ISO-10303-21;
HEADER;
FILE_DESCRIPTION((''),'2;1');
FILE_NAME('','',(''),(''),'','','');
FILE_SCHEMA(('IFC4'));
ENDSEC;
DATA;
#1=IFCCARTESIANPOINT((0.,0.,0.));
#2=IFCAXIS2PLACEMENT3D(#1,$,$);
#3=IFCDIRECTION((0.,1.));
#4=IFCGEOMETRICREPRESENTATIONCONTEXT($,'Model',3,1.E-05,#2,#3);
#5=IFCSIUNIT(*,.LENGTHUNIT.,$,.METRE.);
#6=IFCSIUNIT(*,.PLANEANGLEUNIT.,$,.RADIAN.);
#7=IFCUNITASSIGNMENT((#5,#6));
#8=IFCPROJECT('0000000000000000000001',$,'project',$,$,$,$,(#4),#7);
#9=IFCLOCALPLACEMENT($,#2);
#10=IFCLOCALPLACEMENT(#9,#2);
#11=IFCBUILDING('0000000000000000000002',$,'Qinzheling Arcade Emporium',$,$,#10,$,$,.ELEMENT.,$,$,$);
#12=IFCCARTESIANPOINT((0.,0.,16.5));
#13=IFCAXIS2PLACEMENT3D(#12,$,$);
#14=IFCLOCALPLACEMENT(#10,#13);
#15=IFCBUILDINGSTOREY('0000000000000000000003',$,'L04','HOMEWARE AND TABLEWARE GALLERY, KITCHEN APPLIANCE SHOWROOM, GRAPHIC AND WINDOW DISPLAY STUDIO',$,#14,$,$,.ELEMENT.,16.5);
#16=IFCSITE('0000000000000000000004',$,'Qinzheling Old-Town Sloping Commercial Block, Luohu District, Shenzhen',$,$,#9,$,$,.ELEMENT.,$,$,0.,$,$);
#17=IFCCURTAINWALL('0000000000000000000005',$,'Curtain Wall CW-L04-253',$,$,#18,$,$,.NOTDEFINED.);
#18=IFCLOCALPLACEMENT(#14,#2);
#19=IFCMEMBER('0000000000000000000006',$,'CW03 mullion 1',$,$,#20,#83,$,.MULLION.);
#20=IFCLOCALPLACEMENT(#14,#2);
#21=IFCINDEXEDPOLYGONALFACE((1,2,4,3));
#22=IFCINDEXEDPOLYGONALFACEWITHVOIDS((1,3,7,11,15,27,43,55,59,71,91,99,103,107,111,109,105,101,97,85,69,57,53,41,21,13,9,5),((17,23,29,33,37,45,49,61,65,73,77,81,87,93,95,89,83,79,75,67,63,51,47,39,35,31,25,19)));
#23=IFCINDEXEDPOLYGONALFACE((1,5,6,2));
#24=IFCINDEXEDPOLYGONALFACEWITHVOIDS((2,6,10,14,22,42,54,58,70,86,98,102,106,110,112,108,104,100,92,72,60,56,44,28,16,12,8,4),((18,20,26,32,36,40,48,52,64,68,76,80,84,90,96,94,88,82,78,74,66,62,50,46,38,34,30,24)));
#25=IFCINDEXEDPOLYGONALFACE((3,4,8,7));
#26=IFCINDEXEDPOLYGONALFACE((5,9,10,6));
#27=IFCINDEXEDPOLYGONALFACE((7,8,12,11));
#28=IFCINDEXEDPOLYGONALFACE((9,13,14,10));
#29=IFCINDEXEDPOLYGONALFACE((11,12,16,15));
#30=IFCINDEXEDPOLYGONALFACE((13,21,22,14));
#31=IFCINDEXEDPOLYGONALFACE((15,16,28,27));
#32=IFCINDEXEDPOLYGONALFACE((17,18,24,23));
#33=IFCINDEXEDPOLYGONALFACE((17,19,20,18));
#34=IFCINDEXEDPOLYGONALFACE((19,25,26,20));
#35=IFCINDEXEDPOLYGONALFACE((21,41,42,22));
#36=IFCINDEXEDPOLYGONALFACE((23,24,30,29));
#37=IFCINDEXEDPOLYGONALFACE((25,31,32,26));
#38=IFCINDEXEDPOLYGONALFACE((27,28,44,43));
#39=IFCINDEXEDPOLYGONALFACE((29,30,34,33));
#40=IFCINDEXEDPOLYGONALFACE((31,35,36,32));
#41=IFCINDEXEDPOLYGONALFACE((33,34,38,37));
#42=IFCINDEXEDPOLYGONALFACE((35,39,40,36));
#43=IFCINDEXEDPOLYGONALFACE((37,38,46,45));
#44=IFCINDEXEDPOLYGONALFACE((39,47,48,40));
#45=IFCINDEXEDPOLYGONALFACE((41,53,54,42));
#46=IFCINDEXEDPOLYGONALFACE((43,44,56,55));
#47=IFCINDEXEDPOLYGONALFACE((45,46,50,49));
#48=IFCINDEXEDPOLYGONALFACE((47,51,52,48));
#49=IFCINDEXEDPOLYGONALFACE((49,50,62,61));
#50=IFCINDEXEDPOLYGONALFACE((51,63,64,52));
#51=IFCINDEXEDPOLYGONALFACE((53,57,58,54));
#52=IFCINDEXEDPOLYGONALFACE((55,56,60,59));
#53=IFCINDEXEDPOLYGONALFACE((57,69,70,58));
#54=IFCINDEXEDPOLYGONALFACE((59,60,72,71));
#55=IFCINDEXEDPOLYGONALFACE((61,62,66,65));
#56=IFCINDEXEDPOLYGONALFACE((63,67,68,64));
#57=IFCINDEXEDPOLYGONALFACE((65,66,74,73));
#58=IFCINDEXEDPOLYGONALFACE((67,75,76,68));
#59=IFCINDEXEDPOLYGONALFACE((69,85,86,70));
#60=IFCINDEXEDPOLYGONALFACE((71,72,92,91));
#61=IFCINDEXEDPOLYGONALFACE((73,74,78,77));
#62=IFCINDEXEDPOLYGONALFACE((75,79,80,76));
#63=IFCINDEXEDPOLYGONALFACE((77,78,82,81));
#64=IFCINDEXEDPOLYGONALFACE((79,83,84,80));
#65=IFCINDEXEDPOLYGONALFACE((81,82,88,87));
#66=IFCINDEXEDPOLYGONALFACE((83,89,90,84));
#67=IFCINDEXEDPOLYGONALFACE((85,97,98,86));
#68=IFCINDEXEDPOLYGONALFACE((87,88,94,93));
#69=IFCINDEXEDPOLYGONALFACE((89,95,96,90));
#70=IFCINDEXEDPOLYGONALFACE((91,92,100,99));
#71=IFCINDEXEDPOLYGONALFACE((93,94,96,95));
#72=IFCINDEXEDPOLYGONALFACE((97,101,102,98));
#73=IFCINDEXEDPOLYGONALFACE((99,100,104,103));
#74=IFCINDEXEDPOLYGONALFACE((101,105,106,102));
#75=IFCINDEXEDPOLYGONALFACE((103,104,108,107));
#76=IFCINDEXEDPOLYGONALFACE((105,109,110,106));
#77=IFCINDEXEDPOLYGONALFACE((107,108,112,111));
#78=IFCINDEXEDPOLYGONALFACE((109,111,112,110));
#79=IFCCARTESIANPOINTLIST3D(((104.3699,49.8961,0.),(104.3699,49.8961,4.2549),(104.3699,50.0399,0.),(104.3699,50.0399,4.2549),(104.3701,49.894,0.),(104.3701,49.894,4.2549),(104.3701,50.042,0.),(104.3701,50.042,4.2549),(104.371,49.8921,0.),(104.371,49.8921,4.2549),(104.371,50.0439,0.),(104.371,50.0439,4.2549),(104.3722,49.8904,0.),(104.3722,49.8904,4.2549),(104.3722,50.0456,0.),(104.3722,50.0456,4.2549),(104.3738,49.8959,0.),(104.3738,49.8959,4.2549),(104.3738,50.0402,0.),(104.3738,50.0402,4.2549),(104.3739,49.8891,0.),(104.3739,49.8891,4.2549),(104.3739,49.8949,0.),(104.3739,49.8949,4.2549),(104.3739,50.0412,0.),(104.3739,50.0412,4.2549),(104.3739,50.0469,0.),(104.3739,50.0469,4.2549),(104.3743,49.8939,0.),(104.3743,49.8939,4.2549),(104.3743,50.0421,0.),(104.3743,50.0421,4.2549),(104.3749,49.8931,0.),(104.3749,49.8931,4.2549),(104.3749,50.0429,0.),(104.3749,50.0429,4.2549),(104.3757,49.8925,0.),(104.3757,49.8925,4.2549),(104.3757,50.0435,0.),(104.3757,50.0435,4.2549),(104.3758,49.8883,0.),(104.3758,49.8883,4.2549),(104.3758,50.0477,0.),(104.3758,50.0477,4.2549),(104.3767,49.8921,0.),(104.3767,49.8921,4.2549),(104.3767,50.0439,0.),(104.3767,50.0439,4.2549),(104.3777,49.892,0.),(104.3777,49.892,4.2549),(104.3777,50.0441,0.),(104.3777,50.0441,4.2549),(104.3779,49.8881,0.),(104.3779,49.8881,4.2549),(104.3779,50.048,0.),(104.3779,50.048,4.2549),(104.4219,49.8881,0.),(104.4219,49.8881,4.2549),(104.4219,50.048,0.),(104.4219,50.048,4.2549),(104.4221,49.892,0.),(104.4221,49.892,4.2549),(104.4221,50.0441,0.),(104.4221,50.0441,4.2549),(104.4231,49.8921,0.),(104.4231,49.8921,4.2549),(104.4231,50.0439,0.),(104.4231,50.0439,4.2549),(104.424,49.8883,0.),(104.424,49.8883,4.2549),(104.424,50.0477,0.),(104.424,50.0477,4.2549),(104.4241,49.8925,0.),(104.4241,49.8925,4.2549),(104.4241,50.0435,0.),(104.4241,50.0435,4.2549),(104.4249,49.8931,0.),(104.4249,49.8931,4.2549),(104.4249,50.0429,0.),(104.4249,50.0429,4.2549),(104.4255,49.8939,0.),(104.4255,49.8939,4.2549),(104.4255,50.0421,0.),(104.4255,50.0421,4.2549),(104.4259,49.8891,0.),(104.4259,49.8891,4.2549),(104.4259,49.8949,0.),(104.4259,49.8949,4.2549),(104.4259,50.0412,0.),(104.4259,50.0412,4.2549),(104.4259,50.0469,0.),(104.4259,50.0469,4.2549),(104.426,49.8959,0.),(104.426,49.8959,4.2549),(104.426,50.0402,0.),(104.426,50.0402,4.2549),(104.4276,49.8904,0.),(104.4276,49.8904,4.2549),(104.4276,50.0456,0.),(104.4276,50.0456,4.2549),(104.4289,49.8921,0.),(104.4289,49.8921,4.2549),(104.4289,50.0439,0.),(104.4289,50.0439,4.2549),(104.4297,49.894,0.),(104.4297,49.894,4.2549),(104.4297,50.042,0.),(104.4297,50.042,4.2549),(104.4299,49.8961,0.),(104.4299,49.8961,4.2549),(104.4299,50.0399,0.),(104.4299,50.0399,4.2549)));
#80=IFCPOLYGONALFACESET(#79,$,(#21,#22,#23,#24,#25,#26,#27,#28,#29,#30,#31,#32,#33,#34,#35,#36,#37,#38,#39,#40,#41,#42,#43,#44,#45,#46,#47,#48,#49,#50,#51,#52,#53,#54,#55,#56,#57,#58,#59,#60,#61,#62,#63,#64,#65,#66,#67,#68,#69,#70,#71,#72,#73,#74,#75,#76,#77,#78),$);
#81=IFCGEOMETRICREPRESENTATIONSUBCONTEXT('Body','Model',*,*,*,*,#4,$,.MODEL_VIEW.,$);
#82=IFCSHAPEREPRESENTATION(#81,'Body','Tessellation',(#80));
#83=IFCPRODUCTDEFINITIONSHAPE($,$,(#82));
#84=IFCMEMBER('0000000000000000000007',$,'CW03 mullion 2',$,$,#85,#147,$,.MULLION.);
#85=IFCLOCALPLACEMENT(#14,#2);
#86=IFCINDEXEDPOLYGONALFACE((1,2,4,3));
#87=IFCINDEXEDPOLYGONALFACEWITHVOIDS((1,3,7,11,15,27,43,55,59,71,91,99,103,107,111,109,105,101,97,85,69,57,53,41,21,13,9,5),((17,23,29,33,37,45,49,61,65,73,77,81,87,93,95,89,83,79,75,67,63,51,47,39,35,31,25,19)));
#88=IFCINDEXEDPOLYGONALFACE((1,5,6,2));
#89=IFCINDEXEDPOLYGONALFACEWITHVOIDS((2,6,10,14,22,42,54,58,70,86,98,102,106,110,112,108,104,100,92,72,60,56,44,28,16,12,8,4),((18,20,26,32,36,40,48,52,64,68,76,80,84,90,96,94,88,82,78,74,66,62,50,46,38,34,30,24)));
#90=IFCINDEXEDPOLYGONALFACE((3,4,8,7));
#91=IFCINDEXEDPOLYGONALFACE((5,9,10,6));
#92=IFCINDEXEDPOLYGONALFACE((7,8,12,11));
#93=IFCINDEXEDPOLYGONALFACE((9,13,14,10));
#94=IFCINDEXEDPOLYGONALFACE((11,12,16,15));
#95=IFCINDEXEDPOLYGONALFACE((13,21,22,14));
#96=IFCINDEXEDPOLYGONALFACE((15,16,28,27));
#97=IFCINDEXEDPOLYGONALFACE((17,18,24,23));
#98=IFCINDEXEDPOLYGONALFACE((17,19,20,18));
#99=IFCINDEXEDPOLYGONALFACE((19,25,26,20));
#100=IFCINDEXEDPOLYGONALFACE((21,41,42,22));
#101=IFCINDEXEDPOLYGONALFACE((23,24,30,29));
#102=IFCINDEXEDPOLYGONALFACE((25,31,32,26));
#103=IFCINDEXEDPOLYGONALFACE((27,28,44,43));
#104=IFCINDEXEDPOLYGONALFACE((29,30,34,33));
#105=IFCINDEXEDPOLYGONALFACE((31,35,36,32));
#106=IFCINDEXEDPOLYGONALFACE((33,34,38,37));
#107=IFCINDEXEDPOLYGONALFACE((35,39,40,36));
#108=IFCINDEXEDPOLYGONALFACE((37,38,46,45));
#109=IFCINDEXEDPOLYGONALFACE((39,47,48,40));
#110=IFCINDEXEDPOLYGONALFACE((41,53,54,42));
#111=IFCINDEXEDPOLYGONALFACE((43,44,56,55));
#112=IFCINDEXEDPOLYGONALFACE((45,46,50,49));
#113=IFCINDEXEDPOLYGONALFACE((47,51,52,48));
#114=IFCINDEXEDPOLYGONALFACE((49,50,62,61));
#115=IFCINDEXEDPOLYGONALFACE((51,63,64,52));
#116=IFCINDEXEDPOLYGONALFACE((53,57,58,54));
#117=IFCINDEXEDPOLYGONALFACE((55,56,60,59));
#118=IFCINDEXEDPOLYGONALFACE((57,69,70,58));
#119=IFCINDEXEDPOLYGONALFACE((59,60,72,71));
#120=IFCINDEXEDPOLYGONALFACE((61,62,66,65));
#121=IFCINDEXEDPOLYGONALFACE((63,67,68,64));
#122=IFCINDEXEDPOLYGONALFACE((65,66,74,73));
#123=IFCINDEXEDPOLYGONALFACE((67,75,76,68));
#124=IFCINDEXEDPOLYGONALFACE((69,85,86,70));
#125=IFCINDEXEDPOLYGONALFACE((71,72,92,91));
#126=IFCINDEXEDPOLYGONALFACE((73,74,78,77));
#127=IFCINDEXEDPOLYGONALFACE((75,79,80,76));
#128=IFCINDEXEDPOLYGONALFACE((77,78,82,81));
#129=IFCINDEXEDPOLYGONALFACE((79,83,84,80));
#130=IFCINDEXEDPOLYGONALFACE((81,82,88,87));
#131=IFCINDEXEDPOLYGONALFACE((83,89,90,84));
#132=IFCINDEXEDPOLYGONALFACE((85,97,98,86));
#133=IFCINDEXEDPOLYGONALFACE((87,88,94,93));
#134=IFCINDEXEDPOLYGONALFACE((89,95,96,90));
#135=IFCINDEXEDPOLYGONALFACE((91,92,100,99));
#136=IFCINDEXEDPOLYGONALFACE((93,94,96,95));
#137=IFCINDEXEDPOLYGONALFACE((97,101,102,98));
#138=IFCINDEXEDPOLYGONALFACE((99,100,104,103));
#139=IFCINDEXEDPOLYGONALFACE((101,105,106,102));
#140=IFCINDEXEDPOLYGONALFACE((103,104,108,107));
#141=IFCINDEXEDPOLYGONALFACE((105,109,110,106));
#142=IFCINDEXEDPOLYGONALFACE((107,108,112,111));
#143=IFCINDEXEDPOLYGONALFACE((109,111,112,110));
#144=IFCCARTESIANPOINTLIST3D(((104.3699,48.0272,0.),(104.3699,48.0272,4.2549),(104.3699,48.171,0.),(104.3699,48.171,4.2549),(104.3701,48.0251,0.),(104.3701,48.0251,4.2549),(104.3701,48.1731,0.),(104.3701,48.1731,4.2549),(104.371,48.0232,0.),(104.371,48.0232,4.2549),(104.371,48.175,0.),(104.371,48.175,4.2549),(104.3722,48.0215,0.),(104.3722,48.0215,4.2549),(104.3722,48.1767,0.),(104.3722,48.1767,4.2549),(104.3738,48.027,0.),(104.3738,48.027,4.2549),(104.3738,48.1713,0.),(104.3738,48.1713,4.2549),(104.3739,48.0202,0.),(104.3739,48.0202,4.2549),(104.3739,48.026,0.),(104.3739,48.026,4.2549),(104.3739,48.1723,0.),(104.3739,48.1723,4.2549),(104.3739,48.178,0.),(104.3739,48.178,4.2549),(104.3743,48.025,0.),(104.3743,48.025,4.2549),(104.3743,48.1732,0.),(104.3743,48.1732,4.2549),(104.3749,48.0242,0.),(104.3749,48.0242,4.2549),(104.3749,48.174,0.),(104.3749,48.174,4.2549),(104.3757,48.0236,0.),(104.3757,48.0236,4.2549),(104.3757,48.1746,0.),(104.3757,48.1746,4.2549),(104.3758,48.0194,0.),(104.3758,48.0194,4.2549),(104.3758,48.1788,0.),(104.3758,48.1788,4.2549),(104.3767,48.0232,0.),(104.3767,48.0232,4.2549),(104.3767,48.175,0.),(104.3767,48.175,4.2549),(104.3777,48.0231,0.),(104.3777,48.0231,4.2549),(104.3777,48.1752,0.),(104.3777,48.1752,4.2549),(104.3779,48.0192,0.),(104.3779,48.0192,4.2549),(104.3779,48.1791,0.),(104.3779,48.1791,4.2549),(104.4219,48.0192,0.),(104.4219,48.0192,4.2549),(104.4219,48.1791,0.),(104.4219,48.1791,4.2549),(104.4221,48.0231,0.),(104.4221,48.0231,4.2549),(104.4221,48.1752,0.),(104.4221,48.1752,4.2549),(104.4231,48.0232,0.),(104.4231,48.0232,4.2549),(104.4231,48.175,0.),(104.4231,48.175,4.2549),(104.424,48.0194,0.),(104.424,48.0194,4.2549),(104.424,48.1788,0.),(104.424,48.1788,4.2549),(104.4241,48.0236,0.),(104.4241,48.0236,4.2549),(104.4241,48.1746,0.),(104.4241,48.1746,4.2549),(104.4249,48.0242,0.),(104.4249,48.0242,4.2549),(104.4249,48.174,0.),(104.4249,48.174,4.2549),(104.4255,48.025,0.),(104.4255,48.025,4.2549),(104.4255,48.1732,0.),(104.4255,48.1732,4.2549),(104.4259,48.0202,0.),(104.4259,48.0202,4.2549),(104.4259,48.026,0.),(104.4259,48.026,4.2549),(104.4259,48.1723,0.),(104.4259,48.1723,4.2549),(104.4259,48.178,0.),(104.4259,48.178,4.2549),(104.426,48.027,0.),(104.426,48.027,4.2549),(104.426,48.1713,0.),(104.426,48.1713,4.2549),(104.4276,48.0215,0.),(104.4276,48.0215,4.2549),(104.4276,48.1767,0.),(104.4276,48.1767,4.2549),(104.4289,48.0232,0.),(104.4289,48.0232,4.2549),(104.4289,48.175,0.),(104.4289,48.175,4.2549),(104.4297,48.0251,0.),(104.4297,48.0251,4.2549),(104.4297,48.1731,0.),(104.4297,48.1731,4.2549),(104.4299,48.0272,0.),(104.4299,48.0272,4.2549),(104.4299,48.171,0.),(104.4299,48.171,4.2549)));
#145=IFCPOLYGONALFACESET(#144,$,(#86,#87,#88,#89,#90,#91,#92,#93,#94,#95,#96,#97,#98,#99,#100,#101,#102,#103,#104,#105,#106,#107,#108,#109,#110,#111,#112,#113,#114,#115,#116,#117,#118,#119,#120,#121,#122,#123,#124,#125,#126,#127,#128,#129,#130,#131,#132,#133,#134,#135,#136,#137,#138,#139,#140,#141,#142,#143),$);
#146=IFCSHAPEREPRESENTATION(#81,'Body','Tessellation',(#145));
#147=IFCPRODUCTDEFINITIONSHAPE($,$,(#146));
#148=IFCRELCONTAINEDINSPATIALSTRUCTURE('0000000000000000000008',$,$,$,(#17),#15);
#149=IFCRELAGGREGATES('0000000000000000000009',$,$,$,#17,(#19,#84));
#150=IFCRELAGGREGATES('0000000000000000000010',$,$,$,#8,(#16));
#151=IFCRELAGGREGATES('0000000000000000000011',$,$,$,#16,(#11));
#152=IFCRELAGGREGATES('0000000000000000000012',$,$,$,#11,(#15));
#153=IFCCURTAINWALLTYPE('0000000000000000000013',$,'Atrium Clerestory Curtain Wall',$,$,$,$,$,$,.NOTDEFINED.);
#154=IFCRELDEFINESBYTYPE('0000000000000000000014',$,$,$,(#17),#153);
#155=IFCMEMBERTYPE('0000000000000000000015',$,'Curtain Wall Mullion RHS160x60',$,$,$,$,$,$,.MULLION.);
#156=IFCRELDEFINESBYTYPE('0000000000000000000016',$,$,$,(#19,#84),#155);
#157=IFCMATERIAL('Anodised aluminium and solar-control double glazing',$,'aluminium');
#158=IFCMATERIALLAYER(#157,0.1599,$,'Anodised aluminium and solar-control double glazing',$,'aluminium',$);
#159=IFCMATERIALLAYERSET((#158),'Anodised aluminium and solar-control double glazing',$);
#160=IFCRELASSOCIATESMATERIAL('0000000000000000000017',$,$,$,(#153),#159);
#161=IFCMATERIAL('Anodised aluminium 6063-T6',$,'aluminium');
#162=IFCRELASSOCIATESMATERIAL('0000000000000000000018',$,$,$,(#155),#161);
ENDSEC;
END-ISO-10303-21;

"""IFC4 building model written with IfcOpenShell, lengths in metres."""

from ifc_helpers import new_model, si_unit, direction, frame, origin, origin_2d, place, context, subcontext, project, spatial, hollow_rectangle, extrude, material, layer, layer_set, material_profile, profile_set, type_object, element, aggregate, save


model = new_model("IFC4")

# Units and contexts
model_context = context("Model", 3, precision=1e-05, world=origin(), true_north=direction((0.0, 1.0)))
body_context = subcontext(model_context, "Body", "Model", "MODEL_VIEW")
ifc_project = project(units=[si_unit("LENGTHUNIT", "METRE"), si_unit("PLANEANGLEUNIT", "RADIAN")], contexts=[model_context])

# Site, building, storey
site_placement = place(None, origin())
site = spatial("IfcSite", under=ifc_project, at=site_placement, Name="Qinzheling Old-Town Sloping Commercial Block, Luohu District, Shenzhen", CompositionType="ELEMENT", RefElevation=0.0)
building_placement = place(site_placement, origin())
building = spatial("IfcBuilding", under=site, at=building_placement, Name="Qinzheling Arcade Emporium", CompositionType="ELEMENT")
storey_placement = place(building_placement, frame((0.0, 0.0, 16.5)))
storey = spatial("IfcBuildingStorey", under=building, at=storey_placement, Name="L04", Description="HOMEWARE AND TABLEWARE GALLERY, KITCHEN APPLIANCE SHOWROOM, GRAPHIC AND WINDOW DISPLAY STUDIO", CompositionType="ELEMENT", Elevation=16.5)

# Shared definitions
ifc_material_1 = material(Name="Anodised aluminium and solar-control double glazing", Category="aluminium")
ifc_layer_1 = layer(ifc_material_1, 0.1599, Name="Anodised aluminium and solar-control double glazing", Category="aluminium")
ifc_layer_set_1 = layer_set([ifc_layer_1], Name="Anodised aluminium and solar-control double glazing")
curtain_wall_type = type_object("IfcCurtainWallType", Name="Atrium Clerestory Curtain Wall", PredefinedType="NOTDEFINED", material=ifc_layer_set_1)
ifc_material_2 = material(Name="Anodised aluminium 6063-T6", Category="aluminium")
ifc_material_profile_1 = material_profile(ifc_material_2, hollow_rectangle(XDim=0.0601, YDim=0.1599, WallThickness=0.0039, InnerFilletRadius=0.0039, OuterFilletRadius=0.0081, at=origin_2d()), Name="RHS 160x60x4", Category="aluminium")
ifc_profile_set_1 = profile_set([ifc_material_profile_1], Name="Anodised aluminium 6063-T6")
member_type_1 = type_object("IfcMemberType", Name="Curtain Wall Mullion RHS160x60", PredefinedType="MULLION", material=ifc_profile_set_1)

# Curtain wall, members
curtain_wall_1_placement = place(storey_placement, origin())
curtain_wall_1 = element("IfcCurtainWall", 1, at=curtain_wall_1_placement, inside=storey, type_object=curtain_wall_type, Name="Curtain Wall CW-L04-253", PredefinedType="NOTDEFINED")
member_1_placement = place(storey_placement, frame((104.3999, 49.968, 0.0), z_axis=(0.0, 0.0, 1.0), x_axis=(1.0, 0.0, 0.0)))
member_1 = element("IfcMember", 2, at=member_1_placement, type_object=member_type_1, Name="CW03 mullion 1", PredefinedType="MULLION", context=body_context, shape_type="SweptSolid", body=[
    extrude(hollow_rectangle(XDim=0.0601, YDim=0.1599, WallThickness=0.0039, InnerFilletRadius=0.0039, OuterFilletRadius=0.0081, at=origin_2d()), origin(), (0.0, 0.0, 1.0), 4.2549),
])
member_2_placement = place(storey_placement, frame((104.3999, 48.0991, 0.0), z_axis=(0.0, 0.0, 1.0), x_axis=(1.0, 0.0, 0.0)))
member_2 = element("IfcMember", 3, at=member_2_placement, type_object=member_type_1, Name="CW03 mullion 2", PredefinedType="MULLION", context=body_context, shape_type="SweptSolid", body=[
    extrude(hollow_rectangle(XDim=0.0601, YDim=0.1599, WallThickness=0.0039, InnerFilletRadius=0.0039, OuterFilletRadius=0.0081, at=origin_2d()), origin(), (0.0, 0.0, 1.0), 4.2549),
])
aggregate(curtain_wall_1, [member_1, member_2])

save(model, "model.ifc")
